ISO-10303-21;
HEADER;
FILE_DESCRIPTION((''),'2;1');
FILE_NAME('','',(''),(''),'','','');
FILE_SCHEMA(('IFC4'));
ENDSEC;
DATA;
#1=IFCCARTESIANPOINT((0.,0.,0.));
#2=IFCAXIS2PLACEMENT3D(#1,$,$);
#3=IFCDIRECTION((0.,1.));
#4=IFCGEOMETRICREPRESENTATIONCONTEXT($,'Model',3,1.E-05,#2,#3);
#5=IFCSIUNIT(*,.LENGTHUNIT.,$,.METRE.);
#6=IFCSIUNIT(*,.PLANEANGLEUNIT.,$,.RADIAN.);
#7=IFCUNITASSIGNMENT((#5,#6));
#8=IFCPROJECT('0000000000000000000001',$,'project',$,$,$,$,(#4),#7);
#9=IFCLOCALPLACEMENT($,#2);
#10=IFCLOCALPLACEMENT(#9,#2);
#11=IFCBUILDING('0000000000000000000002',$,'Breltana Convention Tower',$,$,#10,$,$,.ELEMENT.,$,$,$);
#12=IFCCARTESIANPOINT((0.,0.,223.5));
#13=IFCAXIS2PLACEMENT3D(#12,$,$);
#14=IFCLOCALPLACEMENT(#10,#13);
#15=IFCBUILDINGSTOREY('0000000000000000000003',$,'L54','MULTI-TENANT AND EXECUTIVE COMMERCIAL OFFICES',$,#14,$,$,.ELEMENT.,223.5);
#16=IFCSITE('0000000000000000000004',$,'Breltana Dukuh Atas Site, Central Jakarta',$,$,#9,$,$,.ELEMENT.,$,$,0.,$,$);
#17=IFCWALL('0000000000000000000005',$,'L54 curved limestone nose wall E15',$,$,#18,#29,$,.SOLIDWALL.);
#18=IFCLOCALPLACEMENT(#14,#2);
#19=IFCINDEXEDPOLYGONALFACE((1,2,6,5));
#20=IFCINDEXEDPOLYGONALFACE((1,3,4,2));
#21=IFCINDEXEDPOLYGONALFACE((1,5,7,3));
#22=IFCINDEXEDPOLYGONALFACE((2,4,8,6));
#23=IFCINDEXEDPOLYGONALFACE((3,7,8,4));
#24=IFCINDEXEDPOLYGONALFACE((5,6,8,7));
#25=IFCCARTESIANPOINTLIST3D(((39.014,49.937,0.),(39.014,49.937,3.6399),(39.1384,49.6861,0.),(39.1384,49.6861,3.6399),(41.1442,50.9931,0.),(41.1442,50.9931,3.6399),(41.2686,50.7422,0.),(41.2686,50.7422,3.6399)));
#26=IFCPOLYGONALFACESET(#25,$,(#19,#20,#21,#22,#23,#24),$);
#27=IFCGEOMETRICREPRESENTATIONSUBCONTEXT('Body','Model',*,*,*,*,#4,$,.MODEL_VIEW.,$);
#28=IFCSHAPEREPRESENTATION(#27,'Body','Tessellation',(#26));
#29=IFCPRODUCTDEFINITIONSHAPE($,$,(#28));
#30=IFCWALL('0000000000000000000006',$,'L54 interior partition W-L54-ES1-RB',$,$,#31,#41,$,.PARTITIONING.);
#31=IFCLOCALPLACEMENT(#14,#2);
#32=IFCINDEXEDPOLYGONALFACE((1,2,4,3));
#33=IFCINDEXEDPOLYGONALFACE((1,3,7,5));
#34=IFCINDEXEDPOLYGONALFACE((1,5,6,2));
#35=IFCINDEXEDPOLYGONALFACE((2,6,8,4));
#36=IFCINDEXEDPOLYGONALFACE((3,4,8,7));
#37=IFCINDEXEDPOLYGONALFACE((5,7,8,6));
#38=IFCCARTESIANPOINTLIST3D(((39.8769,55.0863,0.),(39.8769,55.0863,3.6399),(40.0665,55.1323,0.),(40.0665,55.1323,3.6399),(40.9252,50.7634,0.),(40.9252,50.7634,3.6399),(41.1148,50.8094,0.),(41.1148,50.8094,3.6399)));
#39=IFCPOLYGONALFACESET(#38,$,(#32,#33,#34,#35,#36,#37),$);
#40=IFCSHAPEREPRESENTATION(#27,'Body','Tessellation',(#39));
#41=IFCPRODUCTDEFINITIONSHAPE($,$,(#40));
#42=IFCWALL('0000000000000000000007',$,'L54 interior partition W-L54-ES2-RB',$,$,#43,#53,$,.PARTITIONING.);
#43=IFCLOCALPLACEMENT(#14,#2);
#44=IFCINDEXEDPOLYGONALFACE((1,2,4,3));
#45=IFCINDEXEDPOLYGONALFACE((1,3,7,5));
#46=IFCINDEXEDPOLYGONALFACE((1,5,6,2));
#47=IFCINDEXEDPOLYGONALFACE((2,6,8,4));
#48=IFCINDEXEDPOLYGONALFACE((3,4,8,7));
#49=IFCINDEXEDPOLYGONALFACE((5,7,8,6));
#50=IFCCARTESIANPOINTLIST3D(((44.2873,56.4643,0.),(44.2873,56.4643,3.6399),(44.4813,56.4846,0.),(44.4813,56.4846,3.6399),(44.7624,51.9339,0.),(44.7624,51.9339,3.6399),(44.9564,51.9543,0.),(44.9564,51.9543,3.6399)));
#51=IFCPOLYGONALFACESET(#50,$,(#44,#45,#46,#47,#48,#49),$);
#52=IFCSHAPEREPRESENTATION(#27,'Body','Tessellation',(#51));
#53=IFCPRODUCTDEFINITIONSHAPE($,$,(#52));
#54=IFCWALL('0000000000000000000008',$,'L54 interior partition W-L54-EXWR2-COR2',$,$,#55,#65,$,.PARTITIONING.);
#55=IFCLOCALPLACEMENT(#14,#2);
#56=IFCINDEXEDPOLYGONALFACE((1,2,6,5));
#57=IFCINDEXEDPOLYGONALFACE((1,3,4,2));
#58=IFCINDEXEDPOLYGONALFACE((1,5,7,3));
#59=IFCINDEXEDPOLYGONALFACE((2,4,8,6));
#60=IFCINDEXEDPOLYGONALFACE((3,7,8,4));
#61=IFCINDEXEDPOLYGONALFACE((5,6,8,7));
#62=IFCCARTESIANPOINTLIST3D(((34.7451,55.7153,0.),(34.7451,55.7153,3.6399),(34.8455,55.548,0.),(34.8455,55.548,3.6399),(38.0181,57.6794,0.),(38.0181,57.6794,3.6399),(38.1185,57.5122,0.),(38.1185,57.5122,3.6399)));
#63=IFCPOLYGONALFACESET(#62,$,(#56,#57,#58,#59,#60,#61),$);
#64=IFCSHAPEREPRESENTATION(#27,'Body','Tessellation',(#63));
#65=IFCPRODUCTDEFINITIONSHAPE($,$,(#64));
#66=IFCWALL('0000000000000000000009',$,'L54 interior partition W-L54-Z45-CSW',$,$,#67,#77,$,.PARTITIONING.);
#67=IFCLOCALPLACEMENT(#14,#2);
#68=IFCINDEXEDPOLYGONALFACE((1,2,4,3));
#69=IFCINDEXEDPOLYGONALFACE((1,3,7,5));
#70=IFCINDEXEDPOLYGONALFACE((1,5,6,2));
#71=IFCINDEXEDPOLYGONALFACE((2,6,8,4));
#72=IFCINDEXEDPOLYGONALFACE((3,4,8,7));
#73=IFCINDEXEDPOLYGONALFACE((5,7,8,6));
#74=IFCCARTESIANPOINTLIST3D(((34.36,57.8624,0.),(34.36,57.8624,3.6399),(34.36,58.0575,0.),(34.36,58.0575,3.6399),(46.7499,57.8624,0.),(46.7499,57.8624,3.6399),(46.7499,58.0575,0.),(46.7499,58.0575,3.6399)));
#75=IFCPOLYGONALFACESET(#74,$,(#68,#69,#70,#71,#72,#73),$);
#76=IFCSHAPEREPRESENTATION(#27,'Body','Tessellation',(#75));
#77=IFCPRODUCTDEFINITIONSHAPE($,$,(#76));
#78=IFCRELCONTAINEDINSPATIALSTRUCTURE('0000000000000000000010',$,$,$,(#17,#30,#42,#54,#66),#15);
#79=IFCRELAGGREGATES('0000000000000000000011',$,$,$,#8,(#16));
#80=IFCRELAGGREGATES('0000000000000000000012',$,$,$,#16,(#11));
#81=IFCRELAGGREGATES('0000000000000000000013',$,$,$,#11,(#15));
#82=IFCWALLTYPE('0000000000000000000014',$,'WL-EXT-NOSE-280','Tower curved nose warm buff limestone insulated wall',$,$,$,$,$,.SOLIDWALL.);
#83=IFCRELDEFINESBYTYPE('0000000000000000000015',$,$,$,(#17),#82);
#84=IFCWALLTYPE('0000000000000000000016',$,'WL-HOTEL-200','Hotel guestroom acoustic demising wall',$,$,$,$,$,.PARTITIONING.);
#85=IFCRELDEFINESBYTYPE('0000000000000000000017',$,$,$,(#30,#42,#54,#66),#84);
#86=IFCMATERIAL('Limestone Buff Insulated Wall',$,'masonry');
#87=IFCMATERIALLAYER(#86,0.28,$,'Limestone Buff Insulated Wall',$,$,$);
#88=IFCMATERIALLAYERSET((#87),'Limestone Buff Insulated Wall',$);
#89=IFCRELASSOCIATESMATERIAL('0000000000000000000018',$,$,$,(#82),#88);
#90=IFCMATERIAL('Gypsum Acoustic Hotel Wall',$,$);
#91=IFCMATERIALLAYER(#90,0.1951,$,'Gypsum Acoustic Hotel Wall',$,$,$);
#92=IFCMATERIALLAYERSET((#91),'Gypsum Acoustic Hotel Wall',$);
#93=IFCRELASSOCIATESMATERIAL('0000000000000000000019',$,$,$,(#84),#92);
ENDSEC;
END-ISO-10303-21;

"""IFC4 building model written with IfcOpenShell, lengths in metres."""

from ifc_helpers import new_model, si_unit, direction, frame, frame_2d, origin, place, context, subcontext, project, spatial, rectangle, extrude, source, transform, mapped, material, layer, layer_set, type_object, element, save


model = new_model("IFC4")

# Units and contexts
model_context = context("Model", 3, precision=1e-05, world=origin(), true_north=direction((0.0, 1.0)))
body_context = subcontext(model_context, "Body", "Model", "MODEL_VIEW")
ifc_project = project(units=[si_unit("LENGTHUNIT", "METRE"), si_unit("PLANEANGLEUNIT", "RADIAN")], contexts=[model_context])

# Site, building, storey
site_placement = place(None, origin())
site = spatial("IfcSite", under=ifc_project, at=site_placement, Name="Breltana Dukuh Atas Site, Central Jakarta", CompositionType="ELEMENT", RefElevation=0.0)
building_placement = place(site_placement, origin())
building = spatial("IfcBuilding", under=site, at=building_placement, Name="Breltana Convention Tower", CompositionType="ELEMENT")
storey_placement = place(building_placement, frame((0.0, 0.0, 223.5)))
storey = spatial("IfcBuildingStorey", under=building, at=storey_placement, Name="L54", Description="MULTI-TENANT AND EXECUTIVE COMMERCIAL OFFICES", CompositionType="ELEMENT", Elevation=223.5)

# Wall
ifc_material_1 = material(Name="Limestone Buff Insulated Wall", Category="masonry")
ifc_layer_1 = layer(ifc_material_1, 0.28, Name="Limestone Buff Insulated Wall")
ifc_layer_set_1 = layer_set([ifc_layer_1], Name="Limestone Buff Insulated Wall")
wall_type_1 = type_object("IfcWallType", Name="WL-EXT-NOSE-280", Description="Tower curved nose warm buff limestone insulated wall", PredefinedType="SOLIDWALL", material=ifc_layer_set_1)
shared_shape_1 = source(origin(), body_context, "Body", "SweptSolid", [
    extrude(rectangle(XDim=2.3777, YDim=0.28, at=frame_2d((1.189, 0.0))), origin(), (0.0, 0.0, 1.0), 3.6399),
])
wall_1_placement = place(storey_placement, frame((41.2065, 50.8677, 0.0), z_axis=(0.0, 0.0, 1.0), x_axis=(-0.895942, -0.444172, 0.0)))
element("IfcWall", 1, at=wall_1_placement, inside=storey, type_object=wall_type_1, Name="L54 curved limestone nose wall E15", PredefinedType="SOLIDWALL", context=body_context, shape_type="MappedRepresentation", body=[
    mapped(shared_shape_1, transform((0.0, 0.0, 0.0), scale=1.0)),
])

# Shared definitions
ifc_material_2 = material(Name="Gypsum Acoustic Hotel Wall")
ifc_layer_2 = layer(ifc_material_2, 0.1951, Name="Gypsum Acoustic Hotel Wall")
ifc_layer_set_2 = layer_set([ifc_layer_2], Name="Gypsum Acoustic Hotel Wall")
wall_type_2 = type_object("IfcWallType", Name="WL-HOTEL-200", Description="Hotel guestroom acoustic demising wall", PredefinedType="PARTITIONING", material=ifc_layer_set_2)

# Wall
shared_shape_2 = source(origin(), body_context, "Body", "SweptSolid", [
    extrude(rectangle(XDim=4.4482, YDim=0.1951, at=frame_2d((2.2241, 0.0))), origin(), (0.0, 0.0, 1.0), 3.6399),
])
wall_2_placement = place(storey_placement, frame((41.02, 50.7864, 0.0), z_axis=(0.0, 0.0, 1.0), x_axis=(-0.235672, 0.971833, 0.0)))
element("IfcWall", 2, at=wall_2_placement, inside=storey, type_object=wall_type_2, Name="L54 interior partition W-L54-ES1-RB", PredefinedType="PARTITIONING", context=body_context, shape_type="MappedRepresentation", body=[
    mapped(shared_shape_2, transform((0.0, 0.0, 0.0), scale=1.0)),
])

# Wall
shared_shape_3 = source(origin(), body_context, "Body", "SweptSolid", [
    extrude(rectangle(XDim=4.5552, YDim=0.1951, at=frame_2d((2.2776, 0.0))), origin(), (0.0, 0.0, 1.0), 3.6399),
])
wall_3_placement = place(storey_placement, frame((44.8594, 51.9441, 0.0), z_axis=(0.0, 0.0, 1.0), x_axis=(-0.1043, 0.994546, 0.0)))
element("IfcWall", 3, at=wall_3_placement, inside=storey, type_object=wall_type_2, Name="L54 interior partition W-L54-ES2-RB", PredefinedType="PARTITIONING", context=body_context, shape_type="MappedRepresentation", body=[
    mapped(shared_shape_3, transform((0.0, 0.0, 0.0), scale=1.0)),
])

# Walls
shared_shape_4 = source(origin(), body_context, "Body", "SweptSolid", [
    extrude(rectangle(XDim=3.8171, YDim=0.1951, at=frame_2d((1.9087, 0.0))), origin(), (0.0, 0.0, 1.0), 3.6399),
])
wall_4_placement = place(storey_placement, frame((34.7952, 55.6316, 0.0), z_axis=(0.0, 0.0, 1.0), x_axis=(0.857453, 0.514562, 0.0)))
element("IfcWall", 4, at=wall_4_placement, inside=storey, type_object=wall_type_2, Name="L54 interior partition W-L54-EXWR2-COR2", PredefinedType="PARTITIONING", context=body_context, shape_type="MappedRepresentation", body=[
    mapped(shared_shape_4, transform((0.0, 0.0, 0.0), scale=1.0)),
])
shared_shape_5 = source(origin(), body_context, "Body", "SweptSolid", [
    extrude(rectangle(XDim=12.3899, YDim=0.1951, at=frame_2d((6.1948, 0.0))), origin(), (0.0, 0.0, 1.0), 3.6399),
])
wall_5_placement = place(storey_placement, frame((34.3601, 57.96, 0.0), z_axis=(0.0, 0.0, 1.0), x_axis=(1.0, 0.0, 0.0)))
element("IfcWall", 5, at=wall_5_placement, inside=storey, type_object=wall_type_2, Name="L54 interior partition W-L54-Z45-CSW", PredefinedType="PARTITIONING", context=body_context, shape_type="MappedRepresentation", body=[
    mapped(shared_shape_5, transform((0.0, 0.0, 0.0), scale=1.0)),
])

save(model, "model.ifc")
